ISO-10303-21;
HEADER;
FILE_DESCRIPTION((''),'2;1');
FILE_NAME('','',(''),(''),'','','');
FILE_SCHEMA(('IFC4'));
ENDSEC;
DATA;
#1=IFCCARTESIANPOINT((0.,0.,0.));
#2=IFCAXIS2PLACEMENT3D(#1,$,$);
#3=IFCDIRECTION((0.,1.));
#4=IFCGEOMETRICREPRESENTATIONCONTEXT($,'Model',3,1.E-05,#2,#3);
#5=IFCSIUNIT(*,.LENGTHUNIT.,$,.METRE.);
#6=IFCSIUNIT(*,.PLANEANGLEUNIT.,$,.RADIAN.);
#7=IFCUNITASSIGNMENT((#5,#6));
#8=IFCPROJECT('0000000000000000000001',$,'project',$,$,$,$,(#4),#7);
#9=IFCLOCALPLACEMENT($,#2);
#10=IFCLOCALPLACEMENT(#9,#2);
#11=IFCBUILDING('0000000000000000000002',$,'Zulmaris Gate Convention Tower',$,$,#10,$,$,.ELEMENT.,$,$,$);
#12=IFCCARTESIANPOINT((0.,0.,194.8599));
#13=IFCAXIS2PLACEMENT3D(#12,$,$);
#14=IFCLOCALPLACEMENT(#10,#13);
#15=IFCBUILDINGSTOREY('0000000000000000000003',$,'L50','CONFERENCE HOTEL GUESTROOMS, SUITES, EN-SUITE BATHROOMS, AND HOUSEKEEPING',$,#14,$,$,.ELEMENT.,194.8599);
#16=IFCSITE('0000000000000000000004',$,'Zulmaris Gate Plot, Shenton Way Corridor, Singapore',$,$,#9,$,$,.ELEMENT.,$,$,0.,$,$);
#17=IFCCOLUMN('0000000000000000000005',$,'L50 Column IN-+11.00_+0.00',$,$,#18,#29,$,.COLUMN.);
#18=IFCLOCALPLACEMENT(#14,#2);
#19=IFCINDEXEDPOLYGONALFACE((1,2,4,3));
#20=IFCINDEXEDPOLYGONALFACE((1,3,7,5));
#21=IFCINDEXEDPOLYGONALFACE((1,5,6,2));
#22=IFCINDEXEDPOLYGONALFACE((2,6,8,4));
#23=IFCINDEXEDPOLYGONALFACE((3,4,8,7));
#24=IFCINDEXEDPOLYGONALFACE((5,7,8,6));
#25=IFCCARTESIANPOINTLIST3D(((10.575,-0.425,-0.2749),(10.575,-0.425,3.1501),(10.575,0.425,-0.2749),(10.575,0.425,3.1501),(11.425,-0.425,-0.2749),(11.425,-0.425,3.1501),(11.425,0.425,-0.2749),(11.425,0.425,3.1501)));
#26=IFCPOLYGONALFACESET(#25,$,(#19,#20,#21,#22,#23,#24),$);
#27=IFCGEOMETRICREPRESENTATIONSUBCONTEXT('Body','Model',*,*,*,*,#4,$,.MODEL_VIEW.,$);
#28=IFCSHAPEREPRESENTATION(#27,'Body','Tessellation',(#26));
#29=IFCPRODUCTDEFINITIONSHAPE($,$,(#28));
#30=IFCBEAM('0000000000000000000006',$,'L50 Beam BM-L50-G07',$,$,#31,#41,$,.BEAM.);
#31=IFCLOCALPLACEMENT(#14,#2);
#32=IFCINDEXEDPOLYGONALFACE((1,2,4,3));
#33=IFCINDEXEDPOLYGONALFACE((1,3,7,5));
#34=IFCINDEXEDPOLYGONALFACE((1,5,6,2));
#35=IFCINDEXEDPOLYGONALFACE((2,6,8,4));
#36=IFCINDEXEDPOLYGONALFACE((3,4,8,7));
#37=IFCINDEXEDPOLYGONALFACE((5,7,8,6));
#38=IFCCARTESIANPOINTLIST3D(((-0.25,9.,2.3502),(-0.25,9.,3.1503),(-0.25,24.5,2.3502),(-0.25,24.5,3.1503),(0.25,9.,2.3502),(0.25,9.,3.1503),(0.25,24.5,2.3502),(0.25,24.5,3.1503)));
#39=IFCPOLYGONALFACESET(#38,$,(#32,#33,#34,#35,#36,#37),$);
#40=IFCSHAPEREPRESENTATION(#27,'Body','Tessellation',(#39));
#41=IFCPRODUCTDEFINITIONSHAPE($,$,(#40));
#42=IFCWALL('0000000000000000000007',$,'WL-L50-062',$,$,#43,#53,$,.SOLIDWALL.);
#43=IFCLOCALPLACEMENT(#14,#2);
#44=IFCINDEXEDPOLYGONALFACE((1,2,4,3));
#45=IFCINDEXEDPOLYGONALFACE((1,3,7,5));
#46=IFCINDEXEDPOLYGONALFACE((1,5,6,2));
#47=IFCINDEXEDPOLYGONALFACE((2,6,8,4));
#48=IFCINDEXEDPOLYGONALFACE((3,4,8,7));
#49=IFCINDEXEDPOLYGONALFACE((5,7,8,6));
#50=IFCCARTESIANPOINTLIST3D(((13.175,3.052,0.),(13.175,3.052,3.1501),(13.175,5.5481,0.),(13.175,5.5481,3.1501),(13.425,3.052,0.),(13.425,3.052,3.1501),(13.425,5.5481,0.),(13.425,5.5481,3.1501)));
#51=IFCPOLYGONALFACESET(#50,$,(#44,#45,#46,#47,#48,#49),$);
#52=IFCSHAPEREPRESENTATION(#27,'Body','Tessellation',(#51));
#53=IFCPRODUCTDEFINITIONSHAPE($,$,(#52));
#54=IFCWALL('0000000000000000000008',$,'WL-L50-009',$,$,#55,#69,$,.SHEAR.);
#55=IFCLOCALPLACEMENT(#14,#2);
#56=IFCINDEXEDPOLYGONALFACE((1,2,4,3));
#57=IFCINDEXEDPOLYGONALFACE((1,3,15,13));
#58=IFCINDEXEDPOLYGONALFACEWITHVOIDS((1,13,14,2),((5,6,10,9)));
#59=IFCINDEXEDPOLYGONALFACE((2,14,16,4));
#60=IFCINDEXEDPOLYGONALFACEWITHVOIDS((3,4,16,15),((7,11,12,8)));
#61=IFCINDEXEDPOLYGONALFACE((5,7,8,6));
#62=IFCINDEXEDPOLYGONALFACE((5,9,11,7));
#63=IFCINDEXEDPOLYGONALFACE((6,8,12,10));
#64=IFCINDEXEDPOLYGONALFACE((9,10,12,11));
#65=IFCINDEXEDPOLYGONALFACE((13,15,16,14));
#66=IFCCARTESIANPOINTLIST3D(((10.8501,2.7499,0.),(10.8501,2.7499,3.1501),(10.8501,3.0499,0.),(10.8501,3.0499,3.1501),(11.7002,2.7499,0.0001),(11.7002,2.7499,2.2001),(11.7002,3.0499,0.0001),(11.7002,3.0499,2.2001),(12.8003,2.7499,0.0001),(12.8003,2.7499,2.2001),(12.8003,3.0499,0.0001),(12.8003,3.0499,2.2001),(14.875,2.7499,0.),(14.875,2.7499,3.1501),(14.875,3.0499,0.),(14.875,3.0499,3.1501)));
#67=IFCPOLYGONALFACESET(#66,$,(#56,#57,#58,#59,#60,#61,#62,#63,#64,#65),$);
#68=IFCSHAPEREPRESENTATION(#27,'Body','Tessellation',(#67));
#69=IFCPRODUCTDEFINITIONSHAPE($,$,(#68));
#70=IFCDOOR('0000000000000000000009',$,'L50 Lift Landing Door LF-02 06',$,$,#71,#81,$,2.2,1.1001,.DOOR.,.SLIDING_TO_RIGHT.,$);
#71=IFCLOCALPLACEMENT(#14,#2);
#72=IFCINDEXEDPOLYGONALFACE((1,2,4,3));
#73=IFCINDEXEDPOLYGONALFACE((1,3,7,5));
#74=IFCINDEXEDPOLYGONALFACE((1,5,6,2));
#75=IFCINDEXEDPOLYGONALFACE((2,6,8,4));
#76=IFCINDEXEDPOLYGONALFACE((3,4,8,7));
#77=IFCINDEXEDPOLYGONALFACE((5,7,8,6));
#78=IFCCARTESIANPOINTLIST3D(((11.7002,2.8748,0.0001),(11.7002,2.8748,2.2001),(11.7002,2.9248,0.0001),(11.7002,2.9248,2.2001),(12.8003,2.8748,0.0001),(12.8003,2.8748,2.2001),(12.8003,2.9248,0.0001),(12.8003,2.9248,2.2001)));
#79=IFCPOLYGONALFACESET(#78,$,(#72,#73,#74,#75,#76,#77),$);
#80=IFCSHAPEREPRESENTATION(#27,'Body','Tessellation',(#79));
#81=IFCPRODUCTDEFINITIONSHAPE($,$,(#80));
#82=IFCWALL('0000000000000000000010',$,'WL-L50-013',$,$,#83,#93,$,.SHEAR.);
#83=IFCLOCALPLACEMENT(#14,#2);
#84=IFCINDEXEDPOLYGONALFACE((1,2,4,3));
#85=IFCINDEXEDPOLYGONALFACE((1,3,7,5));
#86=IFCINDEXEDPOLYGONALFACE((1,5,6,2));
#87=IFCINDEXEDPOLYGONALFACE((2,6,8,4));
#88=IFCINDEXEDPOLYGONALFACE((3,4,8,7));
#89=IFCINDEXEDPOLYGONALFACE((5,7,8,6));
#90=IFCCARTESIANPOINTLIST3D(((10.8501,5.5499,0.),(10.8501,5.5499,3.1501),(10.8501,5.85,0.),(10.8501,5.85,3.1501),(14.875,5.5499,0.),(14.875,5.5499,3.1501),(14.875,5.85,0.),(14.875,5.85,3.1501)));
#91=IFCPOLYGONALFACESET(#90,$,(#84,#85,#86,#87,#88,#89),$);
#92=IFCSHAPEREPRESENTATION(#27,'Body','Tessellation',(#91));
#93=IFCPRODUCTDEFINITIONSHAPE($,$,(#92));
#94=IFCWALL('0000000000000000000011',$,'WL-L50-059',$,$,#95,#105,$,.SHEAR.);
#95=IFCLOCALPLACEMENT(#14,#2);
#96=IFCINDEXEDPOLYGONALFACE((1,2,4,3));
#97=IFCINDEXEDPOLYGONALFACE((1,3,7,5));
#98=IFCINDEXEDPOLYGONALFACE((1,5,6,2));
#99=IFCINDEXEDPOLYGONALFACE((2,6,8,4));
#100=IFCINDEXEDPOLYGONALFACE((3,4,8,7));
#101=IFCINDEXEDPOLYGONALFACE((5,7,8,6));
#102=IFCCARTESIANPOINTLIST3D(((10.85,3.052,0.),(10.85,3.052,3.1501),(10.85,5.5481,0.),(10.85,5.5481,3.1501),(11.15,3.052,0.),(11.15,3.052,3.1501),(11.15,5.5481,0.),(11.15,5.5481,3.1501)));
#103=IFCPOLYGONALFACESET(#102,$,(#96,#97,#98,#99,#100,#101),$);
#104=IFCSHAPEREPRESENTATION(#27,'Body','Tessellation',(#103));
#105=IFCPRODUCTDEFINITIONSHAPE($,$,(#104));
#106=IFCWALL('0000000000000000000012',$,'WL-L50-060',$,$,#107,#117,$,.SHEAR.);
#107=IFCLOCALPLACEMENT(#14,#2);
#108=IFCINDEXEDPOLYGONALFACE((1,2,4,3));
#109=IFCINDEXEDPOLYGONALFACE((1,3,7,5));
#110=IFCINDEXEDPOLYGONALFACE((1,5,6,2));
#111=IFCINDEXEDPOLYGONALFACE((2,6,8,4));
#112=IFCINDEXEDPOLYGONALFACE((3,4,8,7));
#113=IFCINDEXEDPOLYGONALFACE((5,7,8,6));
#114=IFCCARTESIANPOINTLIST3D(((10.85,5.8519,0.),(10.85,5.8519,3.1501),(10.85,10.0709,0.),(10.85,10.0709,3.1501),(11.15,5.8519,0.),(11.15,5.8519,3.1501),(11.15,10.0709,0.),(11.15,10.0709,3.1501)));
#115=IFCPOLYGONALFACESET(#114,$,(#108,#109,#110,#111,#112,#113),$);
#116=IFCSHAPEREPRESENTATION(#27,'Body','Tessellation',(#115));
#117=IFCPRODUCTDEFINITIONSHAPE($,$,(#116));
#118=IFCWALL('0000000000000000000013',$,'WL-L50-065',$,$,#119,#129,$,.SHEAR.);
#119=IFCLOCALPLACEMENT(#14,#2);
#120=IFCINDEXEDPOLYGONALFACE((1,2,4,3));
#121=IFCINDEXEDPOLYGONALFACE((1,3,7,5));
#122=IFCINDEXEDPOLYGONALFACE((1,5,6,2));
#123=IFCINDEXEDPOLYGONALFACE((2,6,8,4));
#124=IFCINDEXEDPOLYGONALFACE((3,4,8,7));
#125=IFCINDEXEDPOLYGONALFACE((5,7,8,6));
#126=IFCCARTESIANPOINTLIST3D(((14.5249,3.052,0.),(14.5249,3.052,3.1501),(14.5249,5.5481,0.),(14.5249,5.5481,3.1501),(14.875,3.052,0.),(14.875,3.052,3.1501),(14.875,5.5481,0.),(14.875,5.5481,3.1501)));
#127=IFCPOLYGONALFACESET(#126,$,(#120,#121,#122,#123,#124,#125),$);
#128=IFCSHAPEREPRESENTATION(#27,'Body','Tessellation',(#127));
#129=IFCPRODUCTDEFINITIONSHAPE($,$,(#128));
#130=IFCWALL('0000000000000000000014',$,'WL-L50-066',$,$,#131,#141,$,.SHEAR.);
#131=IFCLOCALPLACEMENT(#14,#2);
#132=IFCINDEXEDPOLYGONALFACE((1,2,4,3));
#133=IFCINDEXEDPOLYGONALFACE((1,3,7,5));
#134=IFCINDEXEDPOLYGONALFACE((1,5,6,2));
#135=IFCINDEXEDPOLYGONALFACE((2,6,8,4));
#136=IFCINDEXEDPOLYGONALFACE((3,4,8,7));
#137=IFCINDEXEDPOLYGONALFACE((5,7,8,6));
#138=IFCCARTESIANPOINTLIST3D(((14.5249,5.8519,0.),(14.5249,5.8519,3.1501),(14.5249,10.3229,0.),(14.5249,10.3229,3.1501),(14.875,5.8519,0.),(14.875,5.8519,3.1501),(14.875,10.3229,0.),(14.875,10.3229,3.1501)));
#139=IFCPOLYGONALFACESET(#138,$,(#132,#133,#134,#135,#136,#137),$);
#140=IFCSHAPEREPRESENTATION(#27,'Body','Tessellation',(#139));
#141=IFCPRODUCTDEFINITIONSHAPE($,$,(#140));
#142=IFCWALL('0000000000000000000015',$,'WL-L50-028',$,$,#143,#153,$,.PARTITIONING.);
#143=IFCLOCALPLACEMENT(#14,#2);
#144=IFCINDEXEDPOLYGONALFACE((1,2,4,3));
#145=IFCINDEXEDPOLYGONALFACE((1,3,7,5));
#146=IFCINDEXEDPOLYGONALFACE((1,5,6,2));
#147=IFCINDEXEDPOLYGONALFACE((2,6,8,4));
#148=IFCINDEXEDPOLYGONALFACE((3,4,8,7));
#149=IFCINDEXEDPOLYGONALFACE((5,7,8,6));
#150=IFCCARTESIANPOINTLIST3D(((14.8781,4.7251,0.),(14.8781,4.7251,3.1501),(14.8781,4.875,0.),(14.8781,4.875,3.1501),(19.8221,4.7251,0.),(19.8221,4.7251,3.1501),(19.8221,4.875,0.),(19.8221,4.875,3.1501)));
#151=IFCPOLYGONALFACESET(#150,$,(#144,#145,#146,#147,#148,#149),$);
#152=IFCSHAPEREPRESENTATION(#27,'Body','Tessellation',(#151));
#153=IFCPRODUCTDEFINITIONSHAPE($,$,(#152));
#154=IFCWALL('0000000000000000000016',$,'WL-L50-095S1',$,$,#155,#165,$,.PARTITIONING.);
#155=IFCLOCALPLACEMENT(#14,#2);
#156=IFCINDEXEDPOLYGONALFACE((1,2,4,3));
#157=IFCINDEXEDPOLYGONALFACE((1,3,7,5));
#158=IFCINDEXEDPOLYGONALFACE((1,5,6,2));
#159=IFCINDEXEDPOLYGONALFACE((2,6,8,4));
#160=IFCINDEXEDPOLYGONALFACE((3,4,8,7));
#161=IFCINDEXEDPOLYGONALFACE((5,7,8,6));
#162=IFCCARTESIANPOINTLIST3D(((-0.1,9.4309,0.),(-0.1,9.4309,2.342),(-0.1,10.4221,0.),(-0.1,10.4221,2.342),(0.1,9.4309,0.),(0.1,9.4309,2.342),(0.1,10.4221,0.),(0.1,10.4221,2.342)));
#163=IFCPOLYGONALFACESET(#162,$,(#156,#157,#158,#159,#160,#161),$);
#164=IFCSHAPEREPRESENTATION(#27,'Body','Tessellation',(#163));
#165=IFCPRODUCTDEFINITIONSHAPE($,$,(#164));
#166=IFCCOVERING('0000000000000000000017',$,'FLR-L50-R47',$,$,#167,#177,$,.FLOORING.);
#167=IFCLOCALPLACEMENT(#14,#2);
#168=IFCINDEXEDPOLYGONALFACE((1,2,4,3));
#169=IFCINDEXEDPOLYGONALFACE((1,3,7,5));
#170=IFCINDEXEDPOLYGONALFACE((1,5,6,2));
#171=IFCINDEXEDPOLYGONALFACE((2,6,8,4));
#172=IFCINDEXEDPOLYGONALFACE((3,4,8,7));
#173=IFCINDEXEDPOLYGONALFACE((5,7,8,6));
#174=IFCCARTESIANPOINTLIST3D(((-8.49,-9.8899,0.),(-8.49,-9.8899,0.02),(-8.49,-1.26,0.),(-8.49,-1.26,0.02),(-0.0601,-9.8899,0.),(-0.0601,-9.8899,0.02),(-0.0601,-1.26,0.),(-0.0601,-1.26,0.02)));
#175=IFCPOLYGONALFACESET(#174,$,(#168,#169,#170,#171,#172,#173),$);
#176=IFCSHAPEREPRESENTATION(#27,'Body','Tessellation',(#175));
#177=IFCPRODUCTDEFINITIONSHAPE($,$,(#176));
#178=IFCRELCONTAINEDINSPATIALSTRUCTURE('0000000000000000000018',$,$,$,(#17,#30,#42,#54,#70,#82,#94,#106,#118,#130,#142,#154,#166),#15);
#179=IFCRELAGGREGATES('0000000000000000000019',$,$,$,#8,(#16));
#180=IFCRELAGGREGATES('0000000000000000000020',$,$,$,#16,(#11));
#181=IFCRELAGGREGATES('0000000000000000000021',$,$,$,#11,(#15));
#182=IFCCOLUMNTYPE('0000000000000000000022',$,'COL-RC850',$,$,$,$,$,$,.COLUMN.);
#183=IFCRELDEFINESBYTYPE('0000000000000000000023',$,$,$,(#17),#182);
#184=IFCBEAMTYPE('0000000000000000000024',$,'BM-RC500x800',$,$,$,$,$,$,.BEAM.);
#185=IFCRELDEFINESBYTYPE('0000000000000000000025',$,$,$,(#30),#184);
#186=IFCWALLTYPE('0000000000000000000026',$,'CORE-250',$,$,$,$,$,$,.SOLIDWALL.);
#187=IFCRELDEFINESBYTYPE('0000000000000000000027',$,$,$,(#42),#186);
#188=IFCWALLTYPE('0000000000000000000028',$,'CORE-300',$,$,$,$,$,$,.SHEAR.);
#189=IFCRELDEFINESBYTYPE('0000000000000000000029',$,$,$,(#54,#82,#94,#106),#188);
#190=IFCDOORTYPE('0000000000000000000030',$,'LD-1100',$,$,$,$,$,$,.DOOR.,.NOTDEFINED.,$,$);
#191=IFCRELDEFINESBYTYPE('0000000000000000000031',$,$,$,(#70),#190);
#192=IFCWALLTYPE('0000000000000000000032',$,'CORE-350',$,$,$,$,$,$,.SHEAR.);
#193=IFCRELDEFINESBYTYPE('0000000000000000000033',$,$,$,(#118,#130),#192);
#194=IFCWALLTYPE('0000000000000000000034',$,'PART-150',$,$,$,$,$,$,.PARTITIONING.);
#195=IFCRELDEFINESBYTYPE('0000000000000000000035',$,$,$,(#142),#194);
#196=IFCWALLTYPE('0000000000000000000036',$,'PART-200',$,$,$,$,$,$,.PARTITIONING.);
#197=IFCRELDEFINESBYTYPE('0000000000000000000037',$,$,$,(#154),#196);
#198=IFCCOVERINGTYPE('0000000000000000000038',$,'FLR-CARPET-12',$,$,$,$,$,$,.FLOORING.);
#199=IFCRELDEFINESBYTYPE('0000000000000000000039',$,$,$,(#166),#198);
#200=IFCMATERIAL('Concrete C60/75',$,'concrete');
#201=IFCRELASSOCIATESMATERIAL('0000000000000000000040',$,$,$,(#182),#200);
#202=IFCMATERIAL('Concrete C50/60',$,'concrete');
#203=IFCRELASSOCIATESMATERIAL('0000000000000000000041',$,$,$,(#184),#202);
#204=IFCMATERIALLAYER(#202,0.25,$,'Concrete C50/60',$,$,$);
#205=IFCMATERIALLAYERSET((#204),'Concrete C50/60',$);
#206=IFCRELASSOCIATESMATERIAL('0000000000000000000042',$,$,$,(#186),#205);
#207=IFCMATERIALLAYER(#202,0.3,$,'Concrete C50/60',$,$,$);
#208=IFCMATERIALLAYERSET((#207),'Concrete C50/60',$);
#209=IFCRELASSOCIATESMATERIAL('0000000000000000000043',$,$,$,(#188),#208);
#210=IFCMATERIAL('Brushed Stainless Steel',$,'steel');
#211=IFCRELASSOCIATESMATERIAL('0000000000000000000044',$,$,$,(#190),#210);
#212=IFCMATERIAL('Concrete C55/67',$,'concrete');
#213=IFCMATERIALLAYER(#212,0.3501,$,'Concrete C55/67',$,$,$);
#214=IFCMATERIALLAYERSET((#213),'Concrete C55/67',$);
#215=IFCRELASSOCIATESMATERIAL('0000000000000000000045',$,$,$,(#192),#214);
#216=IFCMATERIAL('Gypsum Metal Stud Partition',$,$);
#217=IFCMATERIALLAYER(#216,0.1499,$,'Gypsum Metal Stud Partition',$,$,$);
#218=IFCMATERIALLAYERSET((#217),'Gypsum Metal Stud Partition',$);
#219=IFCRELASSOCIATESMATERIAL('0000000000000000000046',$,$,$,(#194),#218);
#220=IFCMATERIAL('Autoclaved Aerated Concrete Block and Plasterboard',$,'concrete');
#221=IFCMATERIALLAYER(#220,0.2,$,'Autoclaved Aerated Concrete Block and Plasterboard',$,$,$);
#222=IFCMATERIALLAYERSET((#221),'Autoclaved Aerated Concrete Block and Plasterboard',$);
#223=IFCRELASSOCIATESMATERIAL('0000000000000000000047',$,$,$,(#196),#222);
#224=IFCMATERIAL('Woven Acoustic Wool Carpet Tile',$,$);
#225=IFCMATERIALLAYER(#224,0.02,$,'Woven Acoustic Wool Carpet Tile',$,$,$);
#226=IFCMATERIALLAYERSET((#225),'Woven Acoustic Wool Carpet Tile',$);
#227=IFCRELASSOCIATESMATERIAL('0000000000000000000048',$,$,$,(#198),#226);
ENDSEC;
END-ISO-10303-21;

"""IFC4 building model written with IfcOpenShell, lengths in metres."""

from ifc_helpers import new_model, si_unit, direction, frame, frame_2d, origin, origin_2d, place, context, subcontext, project, spatial, polyline, rectangle, outline, extrude, material, layer, layer_set, material_profile, profile_set, type_object, element, fill, save


model = new_model("IFC4")

# Units and contexts
model_context = context("Model", 3, precision=1e-05, world=origin(), true_north=direction((0.0, 1.0)))
body_context = subcontext(model_context, "Body", "Model", "MODEL_VIEW")
ifc_project = project(units=[si_unit("LENGTHUNIT", "METRE"), si_unit("PLANEANGLEUNIT", "RADIAN")], contexts=[model_context])

# Site, building, storey
site_placement = place(None, origin())
site = spatial("IfcSite", under=ifc_project, at=site_placement, Name="Zulmaris Gate Plot, Shenton Way Corridor, Singapore", CompositionType="ELEMENT", RefElevation=0.0)
building_placement = place(site_placement, origin())
building = spatial("IfcBuilding", under=site, at=building_placement, Name="Zulmaris Gate Convention Tower", CompositionType="ELEMENT")
storey_placement = place(building_placement, frame((0.0, 0.0, 194.8599)))
storey = spatial("IfcBuildingStorey", under=building, at=storey_placement, Name="L50", Description="CONFERENCE HOTEL GUESTROOMS, SUITES, EN-SUITE BATHROOMS, AND HOUSEKEEPING", CompositionType="ELEMENT", Elevation=194.8599)

# Column
ifc_material_1 = material(Name="Concrete C60/75", Category="concrete")
ifc_material_profile_1 = material_profile(ifc_material_1, rectangle(XDim=0.8501, YDim=0.8501, at=origin_2d()), Name="RC COL 850x850")
ifc_profile_set_1 = profile_set([ifc_material_profile_1], Name="Concrete C60/75")
column_type = type_object("IfcColumnType", Name="COL-RC850", PredefinedType="COLUMN", material=ifc_profile_set_1)
column_placement = place(storey_placement, frame((11.0, 0.0, -0.2749), z_axis=(0.0, 0.0, 1.0), x_axis=(1.0, 0.0, 0.0)))
element("IfcColumn", 1, at=column_placement, inside=storey, type_object=column_type, Name="L50 Column IN-+11.00_+0.00", PredefinedType="COLUMN", context=body_context, shape_type="SweptSolid", body=[
    extrude(rectangle(XDim=0.8501, YDim=0.8501, at=origin_2d()), origin(), (0.0, 0.0, 1.0), 3.425),
])

# Beam
ifc_material_2 = material(Name="Concrete C50/60", Category="concrete")
ifc_material_profile_2 = material_profile(ifc_material_2, rectangle(XDim=0.5, YDim=0.8, at=origin_2d()), Name="RC BEAM 500x800")
ifc_profile_set_2 = profile_set([ifc_material_profile_2], Name="Concrete C50/60")
beam_type = type_object("IfcBeamType", Name="BM-RC500x800", PredefinedType="BEAM", material=ifc_profile_set_2)
beam_placement = place(storey_placement, frame((0.0, 9.0, 2.7502), z_axis=(0.0, 1.0, 0.0), x_axis=(-1.0, 0.0, 0.0)))
element("IfcBeam", 2, at=beam_placement, inside=storey, type_object=beam_type, Name="L50 Beam BM-L50-G07", PredefinedType="BEAM", context=body_context, shape_type="SweptSolid", body=[
    extrude(rectangle(XDim=0.5, YDim=0.8, at=origin_2d()), origin(), (0.0, 0.0, 1.0), 15.5),
])

# Wall
ifc_layer_1 = layer(ifc_material_2, 0.25, Name="Concrete C50/60")
ifc_layer_set_1 = layer_set([ifc_layer_1], Name="Concrete C50/60")
wall_type_1 = type_object("IfcWallType", Name="CORE-250", PredefinedType="SOLIDWALL", material=ifc_layer_set_1)
wall_1_placement = place(storey_placement, frame((13.3, 3.052, 0.0), z_axis=(0.0, 0.0, 1.0), x_axis=(0.0, 1.0, 0.0)))
element("IfcWall", 3, at=wall_1_placement, inside=storey, type_object=wall_type_1, Name="WL-L50-062", PredefinedType="SOLIDWALL", context=body_context, shape_type="SweptSolid", body=[
    extrude(rectangle(XDim=2.4961, YDim=0.25, at=frame_2d((1.248, 0.0))), origin(), (0.0, 0.0, 1.0), 3.1501),
])

# Wall, opening, door
ifc_layer_2 = layer(ifc_material_2, 0.3, Name="Concrete C50/60")
ifc_layer_set_2 = layer_set([ifc_layer_2], Name="Concrete C50/60")
wall_type_2 = type_object("IfcWallType", Name="CORE-300", PredefinedType="SHEAR", material=ifc_layer_set_2)
wall_2_placement = place(storey_placement, frame((10.8501, 2.8999, 0.0), z_axis=(0.0, 0.0, 1.0), x_axis=(1.0, 0.0, 0.0)))
wall_2 = element("IfcWall", 4, at=wall_2_placement, inside=storey, type_object=wall_type_2, Name="WL-L50-009", PredefinedType="SHEAR", context=body_context, shape_type="SweptSolid", body=[
    extrude(rectangle(XDim=4.0249, YDim=0.3, at=frame_2d((2.0125, 0.0))), origin(), (0.0, 0.0, 1.0), 3.1501),
])
opening_1_placement = place(wall_2_placement, frame((0.8501, 0.0, 0.0)))
opening_1 = element("IfcOpeningElement", 5, at=opening_1_placement, cuts=wall_2, PredefinedType="OPENING", context=body_context, shape_type="SweptSolid", body=[
    extrude(rectangle(XDim=1.1001, YDim=2.2, at=frame_2d((0.55, 1.1001))), frame((0.0, 0.1602, 0.0), z_axis=(0.0, -1.0, 0.0), x_axis=(1.0, 0.0, 0.0)), (0.0, 0.0, 1.0), 0.3201),
])
ifc_material_3 = material(Name="Brushed Stainless Steel", Category="steel")
door_type_1 = type_object("IfcDoorType", Name="LD-1100", OperationType="NOTDEFINED", PredefinedType="DOOR", material=ifc_material_3)
door_1_placement = place(opening_1_placement, origin())
door_1 = element("IfcDoor", 6, at=door_1_placement, inside=storey, type_object=door_type_1, Name="L50 Lift Landing Door LF-02 06", OperationType="SLIDING_TO_RIGHT", OverallHeight=2.2, OverallWidth=1.1001, PredefinedType="DOOR", context=body_context, shape_type="SweptSolid", body=[
    extrude(rectangle(XDim=1.1001, YDim=2.2, at=frame_2d((0.55, 1.1001))), frame((0.0, 0.0249, 0.0), z_axis=(0.0, -1.0, 0.0), x_axis=(1.0, 0.0, 0.0)), (0.0, 0.0, 1.0), 0.05),
])
fill(opening_1, door_1)

# Wall
wall_3_placement = place(storey_placement, frame((10.8501, 5.7, 0.0), z_axis=(0.0, 0.0, 1.0), x_axis=(1.0, 0.0, 0.0)))
element("IfcWall", 7, at=wall_3_placement, inside=storey, type_object=wall_type_2, Name="WL-L50-013", PredefinedType="SHEAR", context=body_context, shape_type="SweptSolid", body=[
    extrude(rectangle(XDim=4.0249, YDim=0.3, at=frame_2d((2.0125, 0.0))), origin(), (0.0, 0.0, 1.0), 3.1501),
])

# Walls
wall_4_placement = place(storey_placement, frame((11.0, 3.052, 0.0), z_axis=(0.0, 0.0, 1.0), x_axis=(0.0, 1.0, 0.0)))
element("IfcWall", 8, at=wall_4_placement, inside=storey, type_object=wall_type_2, Name="WL-L50-059", PredefinedType="SHEAR", context=body_context, shape_type="SweptSolid", body=[
    extrude(rectangle(XDim=2.4961, YDim=0.3, at=frame_2d((1.248, 0.0))), origin(), (0.0, 0.0, 1.0), 3.1501),
])
wall_5_placement = place(storey_placement, frame((11.0, 5.8521, 0.0), z_axis=(0.0, 0.0, 1.0), x_axis=(0.0, 1.0, 0.0)))
element("IfcWall", 9, at=wall_5_placement, inside=storey, type_object=wall_type_2, Name="WL-L50-060", PredefinedType="SHEAR", context=body_context, shape_type="SweptSolid", body=[
    extrude(rectangle(XDim=4.219, YDim=0.3, at=frame_2d((2.1094, 0.0))), origin(), (0.0, 0.0, 1.0), 3.1501),
])
ifc_material_4 = material(Name="Concrete C55/67", Category="concrete")
ifc_layer_3 = layer(ifc_material_4, 0.3501, Name="Concrete C55/67")
ifc_layer_set_3 = layer_set([ifc_layer_3], Name="Concrete C55/67")
wall_type_3 = type_object("IfcWallType", Name="CORE-350", PredefinedType="SHEAR", material=ifc_layer_set_3)
wall_6_placement = place(storey_placement, frame((14.7, 3.052, 0.0), z_axis=(0.0, 0.0, 1.0), x_axis=(0.0, 1.0, 0.0)))
element("IfcWall", 10, at=wall_6_placement, inside=storey, type_object=wall_type_3, Name="WL-L50-065", PredefinedType="SHEAR", context=body_context, shape_type="SweptSolid", body=[
    extrude(rectangle(XDim=2.4961, YDim=0.3501, at=frame_2d((1.248, 0.0))), origin(), (0.0, 0.0, 1.0), 3.1501),
])
wall_7_placement = place(storey_placement, frame((14.7, 5.8521, 0.0), z_axis=(0.0, 0.0, 1.0), x_axis=(0.0, 1.0, 0.0)))
element("IfcWall", 11, at=wall_7_placement, inside=storey, type_object=wall_type_3, Name="WL-L50-066", PredefinedType="SHEAR", context=body_context, shape_type="SweptSolid", body=[
    extrude(rectangle(XDim=4.4709, YDim=0.3501, at=frame_2d((2.2354, 0.0))), origin(), (0.0, 0.0, 1.0), 3.1501),
])
ifc_material_5 = material(Name="Gypsum Metal Stud Partition")
ifc_layer_4 = layer(ifc_material_5, 0.1499, Name="Gypsum Metal Stud Partition")
ifc_layer_set_4 = layer_set([ifc_layer_4], Name="Gypsum Metal Stud Partition")
wall_type_4 = type_object("IfcWallType", Name="PART-150", PredefinedType="PARTITIONING", material=ifc_layer_set_4)
wall_8_placement = place(storey_placement, frame((14.8779, 4.8, 0.0), z_axis=(0.0, 0.0, 1.0), x_axis=(1.0, 0.0, 0.0)))
element("IfcWall", 12, at=wall_8_placement, inside=storey, type_object=wall_type_4, Name="WL-L50-028", PredefinedType="PARTITIONING", context=body_context, shape_type="SweptSolid", body=[
    extrude(rectangle(XDim=4.9441, YDim=0.1499, at=frame_2d((2.4722, 0.0))), origin(), (0.0, 0.0, 1.0), 3.1501),
])
ifc_material_6 = material(Name="Autoclaved Aerated Concrete Block and Plasterboard", Category="concrete")
ifc_layer_5 = layer(ifc_material_6, 0.2, Name="Autoclaved Aerated Concrete Block and Plasterboard")
ifc_layer_set_5 = layer_set([ifc_layer_5], Name="Autoclaved Aerated Concrete Block and Plasterboard")
wall_type_5 = type_object("IfcWallType", Name="PART-200", PredefinedType="PARTITIONING", material=ifc_layer_set_5)
wall_9_placement = place(storey_placement, frame((0.0, 9.4309, 0.0), z_axis=(0.0, 0.0, 1.0), x_axis=(0.0, 1.0, 0.0)))
element("IfcWall", 13, at=wall_9_placement, inside=storey, type_object=wall_type_5, Name="WL-L50-095S1", PredefinedType="PARTITIONING", context=body_context, shape_type="SweptSolid", body=[
    extrude(rectangle(XDim=0.9912, YDim=0.2, at=frame_2d((0.4956, 0.0))), origin(), (0.0, 0.0, 1.0), 2.342),
])

# Covering
ifc_material_7 = material(Name="Woven Acoustic Wool Carpet Tile")
ifc_layer_6 = layer(ifc_material_7, 0.02, Name="Woven Acoustic Wool Carpet Tile")
ifc_layer_set_6 = layer_set([ifc_layer_6], Name="Woven Acoustic Wool Carpet Tile")
covering_type_1 = type_object("IfcCoveringType", Name="FLR-CARPET-12", PredefinedType="FLOORING", material=ifc_layer_set_6)
covering_1_placement = place(storey_placement, origin())
element("IfcCovering", 14, at=covering_1_placement, inside=storey, type_object=covering_type_1, Name="FLR-L50-R47", PredefinedType="FLOORING", context=body_context, shape_type="SweptSolid", body=[
    extrude(outline(polyline([(-8.49, -9.8899), (-0.0601, -9.8899), (-0.0601, -1.26), (-8.49, -1.26), (-8.49, -9.8899)])), origin(), (0.0, 0.0, 1.0), 0.02),
])

save(model, "model.ifc")
